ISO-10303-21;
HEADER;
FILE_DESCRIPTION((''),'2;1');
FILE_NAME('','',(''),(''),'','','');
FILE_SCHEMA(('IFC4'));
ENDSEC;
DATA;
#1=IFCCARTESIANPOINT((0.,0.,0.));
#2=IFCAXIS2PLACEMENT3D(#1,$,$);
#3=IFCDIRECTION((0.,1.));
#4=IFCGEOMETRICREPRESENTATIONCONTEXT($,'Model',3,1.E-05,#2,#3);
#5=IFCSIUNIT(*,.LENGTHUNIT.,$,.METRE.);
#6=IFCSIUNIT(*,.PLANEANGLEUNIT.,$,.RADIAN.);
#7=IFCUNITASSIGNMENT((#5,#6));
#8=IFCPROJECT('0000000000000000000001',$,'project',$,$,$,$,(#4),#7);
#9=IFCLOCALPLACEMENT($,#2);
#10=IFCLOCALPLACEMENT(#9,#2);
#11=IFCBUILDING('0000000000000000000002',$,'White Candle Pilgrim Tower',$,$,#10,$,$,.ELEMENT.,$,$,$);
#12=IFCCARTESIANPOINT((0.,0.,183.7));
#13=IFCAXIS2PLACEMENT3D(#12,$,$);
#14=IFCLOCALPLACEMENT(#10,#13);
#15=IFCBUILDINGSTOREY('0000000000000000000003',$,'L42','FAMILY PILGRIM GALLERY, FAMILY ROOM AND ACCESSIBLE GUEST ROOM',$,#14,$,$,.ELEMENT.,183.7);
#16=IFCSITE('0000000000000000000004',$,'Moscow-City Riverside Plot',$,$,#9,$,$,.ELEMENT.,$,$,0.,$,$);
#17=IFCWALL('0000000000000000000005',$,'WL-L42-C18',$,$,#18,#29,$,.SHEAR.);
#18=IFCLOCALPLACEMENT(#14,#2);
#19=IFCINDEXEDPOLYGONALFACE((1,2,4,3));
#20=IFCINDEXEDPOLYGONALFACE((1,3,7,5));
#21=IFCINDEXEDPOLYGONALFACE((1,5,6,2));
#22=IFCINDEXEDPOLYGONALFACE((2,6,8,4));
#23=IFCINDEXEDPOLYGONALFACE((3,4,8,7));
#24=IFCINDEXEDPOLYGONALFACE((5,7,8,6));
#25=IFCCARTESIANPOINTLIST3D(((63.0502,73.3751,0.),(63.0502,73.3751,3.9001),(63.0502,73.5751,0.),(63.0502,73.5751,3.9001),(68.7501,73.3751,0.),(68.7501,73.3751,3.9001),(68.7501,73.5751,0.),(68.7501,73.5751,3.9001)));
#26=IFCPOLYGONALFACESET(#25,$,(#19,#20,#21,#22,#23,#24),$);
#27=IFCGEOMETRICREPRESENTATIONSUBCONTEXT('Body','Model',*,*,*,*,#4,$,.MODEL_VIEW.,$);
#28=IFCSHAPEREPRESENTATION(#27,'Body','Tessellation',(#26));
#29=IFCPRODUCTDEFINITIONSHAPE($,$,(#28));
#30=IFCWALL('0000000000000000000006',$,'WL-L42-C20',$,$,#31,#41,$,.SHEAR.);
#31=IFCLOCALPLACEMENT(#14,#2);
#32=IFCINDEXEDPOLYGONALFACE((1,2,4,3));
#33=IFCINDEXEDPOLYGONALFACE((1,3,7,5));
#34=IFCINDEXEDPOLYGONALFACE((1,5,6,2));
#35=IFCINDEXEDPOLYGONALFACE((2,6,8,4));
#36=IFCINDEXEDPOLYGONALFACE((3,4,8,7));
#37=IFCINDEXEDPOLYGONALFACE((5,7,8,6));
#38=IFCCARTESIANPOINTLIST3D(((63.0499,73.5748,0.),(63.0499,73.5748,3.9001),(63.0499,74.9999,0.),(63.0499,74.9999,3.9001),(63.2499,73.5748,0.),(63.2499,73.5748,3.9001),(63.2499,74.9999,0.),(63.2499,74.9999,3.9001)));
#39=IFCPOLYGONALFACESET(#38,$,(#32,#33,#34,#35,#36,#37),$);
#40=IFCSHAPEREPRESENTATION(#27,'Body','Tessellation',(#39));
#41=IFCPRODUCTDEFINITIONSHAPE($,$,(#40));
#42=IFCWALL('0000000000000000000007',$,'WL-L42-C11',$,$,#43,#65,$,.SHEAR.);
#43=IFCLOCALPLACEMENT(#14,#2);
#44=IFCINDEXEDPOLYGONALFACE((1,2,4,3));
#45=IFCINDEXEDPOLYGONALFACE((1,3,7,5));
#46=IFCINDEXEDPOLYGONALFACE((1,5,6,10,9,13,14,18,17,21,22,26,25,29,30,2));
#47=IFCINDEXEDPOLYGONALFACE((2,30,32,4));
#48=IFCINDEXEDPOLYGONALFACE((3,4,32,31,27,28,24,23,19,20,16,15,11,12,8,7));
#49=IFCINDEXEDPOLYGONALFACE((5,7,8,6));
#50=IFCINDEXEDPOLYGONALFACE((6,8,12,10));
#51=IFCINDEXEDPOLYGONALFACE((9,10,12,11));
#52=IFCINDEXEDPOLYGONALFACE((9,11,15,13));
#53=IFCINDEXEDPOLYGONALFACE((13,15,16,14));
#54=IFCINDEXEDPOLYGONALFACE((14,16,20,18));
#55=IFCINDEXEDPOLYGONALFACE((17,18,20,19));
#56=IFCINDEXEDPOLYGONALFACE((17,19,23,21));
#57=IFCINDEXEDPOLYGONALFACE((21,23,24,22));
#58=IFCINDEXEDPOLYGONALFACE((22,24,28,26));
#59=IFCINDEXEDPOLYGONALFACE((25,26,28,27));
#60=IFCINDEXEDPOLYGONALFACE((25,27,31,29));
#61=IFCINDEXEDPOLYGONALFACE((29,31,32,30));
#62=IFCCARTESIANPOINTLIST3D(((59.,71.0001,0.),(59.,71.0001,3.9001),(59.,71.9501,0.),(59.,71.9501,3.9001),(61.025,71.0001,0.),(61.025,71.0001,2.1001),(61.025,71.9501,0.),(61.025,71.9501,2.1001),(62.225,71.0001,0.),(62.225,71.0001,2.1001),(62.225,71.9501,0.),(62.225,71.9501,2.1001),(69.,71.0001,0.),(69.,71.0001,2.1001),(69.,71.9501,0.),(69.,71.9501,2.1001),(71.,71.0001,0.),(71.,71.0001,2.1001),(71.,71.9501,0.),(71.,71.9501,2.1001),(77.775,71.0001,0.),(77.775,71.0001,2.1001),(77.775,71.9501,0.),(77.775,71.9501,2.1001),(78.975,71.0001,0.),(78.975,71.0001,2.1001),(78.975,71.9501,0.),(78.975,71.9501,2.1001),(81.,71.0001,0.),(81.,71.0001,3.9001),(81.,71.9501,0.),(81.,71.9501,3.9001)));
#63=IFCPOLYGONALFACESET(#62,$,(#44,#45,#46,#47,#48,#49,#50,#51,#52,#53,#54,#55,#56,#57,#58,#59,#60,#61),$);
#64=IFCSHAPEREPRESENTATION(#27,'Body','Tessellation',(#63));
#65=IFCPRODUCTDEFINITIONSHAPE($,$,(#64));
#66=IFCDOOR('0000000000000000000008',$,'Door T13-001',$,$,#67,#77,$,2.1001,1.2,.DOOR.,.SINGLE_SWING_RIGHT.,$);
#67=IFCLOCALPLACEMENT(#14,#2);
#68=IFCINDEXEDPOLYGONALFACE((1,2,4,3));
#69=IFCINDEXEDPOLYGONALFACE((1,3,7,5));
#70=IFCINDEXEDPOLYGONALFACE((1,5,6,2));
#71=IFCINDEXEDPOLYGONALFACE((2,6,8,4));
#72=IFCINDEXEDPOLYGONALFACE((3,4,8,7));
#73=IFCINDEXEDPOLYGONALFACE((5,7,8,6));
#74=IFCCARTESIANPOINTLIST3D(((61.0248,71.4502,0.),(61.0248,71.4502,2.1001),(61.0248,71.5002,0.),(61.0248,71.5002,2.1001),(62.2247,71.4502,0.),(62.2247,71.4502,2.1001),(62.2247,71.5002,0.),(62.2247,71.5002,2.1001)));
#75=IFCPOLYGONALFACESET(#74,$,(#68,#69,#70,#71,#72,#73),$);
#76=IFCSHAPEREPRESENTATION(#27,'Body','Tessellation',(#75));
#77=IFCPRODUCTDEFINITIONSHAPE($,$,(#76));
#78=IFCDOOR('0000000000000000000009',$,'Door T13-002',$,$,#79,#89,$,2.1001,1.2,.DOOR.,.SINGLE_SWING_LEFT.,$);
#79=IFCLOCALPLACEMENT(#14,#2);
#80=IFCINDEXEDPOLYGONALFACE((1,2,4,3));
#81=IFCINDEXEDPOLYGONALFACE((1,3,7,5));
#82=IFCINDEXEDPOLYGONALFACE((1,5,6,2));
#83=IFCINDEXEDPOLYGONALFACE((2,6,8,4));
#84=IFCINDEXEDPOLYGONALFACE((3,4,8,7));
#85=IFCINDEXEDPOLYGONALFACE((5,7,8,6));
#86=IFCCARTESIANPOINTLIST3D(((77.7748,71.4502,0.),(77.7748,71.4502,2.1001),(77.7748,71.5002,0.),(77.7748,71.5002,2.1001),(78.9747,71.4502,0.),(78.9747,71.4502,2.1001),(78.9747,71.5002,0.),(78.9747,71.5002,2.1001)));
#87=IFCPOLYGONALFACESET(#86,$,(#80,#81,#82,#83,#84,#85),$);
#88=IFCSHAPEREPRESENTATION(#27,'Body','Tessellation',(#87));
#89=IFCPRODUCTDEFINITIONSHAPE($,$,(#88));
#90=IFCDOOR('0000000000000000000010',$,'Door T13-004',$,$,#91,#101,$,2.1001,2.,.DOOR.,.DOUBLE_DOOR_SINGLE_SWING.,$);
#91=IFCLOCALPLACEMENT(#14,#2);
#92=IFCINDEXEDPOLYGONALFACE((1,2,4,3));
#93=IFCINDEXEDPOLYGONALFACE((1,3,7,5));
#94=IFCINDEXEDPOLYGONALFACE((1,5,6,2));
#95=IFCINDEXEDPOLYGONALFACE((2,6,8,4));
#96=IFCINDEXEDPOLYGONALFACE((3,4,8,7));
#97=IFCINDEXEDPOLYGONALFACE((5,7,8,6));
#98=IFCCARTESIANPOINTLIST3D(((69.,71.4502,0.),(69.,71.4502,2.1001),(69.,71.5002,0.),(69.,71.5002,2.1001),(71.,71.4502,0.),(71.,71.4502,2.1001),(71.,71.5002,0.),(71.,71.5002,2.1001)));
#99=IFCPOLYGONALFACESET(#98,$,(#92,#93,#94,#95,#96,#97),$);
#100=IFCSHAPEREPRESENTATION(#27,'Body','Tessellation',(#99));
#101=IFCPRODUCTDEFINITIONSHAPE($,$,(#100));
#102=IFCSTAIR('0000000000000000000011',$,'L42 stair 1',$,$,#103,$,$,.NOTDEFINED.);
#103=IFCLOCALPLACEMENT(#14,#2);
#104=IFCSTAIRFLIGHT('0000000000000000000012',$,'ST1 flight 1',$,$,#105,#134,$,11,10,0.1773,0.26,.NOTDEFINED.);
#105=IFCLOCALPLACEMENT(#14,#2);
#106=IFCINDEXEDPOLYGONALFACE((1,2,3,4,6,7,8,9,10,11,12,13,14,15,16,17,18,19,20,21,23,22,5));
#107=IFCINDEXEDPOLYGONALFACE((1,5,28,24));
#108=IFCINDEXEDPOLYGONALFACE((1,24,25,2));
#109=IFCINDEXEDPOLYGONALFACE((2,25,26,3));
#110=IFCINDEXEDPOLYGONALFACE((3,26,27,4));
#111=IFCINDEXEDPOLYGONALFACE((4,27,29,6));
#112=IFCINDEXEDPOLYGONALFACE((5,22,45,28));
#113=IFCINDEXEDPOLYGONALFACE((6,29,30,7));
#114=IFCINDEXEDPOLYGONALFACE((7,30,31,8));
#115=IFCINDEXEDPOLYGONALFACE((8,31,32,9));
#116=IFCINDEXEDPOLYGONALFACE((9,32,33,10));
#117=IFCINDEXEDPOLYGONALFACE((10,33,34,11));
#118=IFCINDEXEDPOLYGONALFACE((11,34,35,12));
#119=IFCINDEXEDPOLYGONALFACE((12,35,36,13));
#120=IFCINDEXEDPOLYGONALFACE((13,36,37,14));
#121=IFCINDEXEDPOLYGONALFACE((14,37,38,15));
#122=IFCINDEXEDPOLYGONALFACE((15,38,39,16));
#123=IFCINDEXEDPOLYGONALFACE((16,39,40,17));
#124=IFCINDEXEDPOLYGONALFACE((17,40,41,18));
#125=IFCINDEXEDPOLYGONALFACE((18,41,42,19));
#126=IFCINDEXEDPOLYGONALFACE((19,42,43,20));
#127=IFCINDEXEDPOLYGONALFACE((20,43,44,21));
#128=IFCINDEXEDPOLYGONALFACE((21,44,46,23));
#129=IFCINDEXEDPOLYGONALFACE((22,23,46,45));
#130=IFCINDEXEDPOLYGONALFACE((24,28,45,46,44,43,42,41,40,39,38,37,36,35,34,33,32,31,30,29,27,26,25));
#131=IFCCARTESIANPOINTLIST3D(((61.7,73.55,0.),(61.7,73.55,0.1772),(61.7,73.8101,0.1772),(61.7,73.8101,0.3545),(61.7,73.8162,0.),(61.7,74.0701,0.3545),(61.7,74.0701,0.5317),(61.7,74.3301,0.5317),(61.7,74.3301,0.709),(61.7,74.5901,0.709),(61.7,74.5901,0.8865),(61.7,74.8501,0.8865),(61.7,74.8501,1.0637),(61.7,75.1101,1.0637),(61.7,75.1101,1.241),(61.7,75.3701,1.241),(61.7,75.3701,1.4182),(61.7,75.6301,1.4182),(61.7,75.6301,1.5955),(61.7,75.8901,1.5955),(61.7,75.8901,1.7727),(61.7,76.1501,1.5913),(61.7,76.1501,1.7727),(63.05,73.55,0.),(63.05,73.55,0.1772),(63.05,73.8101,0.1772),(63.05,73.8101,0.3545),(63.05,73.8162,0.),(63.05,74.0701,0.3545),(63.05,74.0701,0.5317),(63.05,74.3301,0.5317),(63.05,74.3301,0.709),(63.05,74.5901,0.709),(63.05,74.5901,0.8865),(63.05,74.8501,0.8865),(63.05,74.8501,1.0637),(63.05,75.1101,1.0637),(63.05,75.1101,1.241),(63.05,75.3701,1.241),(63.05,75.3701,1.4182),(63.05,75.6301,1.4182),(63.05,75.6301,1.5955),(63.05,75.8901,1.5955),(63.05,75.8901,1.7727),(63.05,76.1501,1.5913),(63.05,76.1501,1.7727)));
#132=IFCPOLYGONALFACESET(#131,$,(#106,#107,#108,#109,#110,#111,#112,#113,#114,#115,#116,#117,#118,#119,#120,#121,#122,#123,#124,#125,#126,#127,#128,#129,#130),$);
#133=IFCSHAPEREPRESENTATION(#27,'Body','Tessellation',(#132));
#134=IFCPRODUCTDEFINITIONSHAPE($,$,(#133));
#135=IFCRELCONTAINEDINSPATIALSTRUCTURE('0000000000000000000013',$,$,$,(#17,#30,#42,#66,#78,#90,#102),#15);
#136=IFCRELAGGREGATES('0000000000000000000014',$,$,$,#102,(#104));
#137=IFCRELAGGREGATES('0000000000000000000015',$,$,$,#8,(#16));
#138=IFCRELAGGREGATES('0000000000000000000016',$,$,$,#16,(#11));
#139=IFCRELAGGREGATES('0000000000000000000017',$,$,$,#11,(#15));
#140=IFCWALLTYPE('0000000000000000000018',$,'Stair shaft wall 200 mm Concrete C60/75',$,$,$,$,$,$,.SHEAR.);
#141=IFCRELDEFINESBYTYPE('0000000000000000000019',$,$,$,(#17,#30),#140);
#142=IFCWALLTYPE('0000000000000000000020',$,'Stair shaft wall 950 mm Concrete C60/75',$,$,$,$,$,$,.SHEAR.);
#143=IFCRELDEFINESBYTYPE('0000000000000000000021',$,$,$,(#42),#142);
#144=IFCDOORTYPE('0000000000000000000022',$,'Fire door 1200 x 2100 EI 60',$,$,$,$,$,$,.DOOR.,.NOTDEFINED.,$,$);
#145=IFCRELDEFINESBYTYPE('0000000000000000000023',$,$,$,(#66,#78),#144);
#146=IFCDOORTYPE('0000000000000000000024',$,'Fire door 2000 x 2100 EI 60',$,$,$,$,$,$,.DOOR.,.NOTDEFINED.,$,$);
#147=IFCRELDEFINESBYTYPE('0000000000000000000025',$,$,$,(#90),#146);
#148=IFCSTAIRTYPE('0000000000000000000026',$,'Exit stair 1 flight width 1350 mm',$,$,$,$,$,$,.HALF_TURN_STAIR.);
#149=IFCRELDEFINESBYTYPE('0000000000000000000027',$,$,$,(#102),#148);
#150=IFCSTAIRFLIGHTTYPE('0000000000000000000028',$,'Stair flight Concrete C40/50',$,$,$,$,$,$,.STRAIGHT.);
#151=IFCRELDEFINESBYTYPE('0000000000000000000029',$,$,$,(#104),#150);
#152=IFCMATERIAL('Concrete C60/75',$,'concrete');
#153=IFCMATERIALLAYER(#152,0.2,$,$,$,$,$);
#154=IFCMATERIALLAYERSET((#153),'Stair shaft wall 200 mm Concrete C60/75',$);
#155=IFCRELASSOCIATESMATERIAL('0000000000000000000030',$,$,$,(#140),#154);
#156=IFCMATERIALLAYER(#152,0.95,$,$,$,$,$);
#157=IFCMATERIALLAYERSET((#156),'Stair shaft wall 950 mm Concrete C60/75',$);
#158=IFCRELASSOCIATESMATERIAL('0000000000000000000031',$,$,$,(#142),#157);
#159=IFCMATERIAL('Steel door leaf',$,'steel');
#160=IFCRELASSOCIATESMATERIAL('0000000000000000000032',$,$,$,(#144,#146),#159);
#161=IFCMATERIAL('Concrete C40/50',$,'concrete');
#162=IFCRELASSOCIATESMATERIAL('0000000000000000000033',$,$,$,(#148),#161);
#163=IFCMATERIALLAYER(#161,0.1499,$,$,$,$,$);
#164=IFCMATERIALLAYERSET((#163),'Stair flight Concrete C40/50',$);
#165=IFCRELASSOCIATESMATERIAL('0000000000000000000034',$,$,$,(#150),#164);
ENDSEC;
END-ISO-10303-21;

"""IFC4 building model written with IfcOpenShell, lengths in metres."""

from ifc_helpers import new_model, si_unit, direction, frame, frame_2d, origin, place, context, subcontext, project, spatial, polyline, rectangle, outline, extrude, material, layer, layer_set, type_object, element, fill, aggregate, save


model = new_model("IFC4")

# Units and contexts
model_context = context("Model", 3, precision=1e-05, world=origin(), true_north=direction((0.0, 1.0)))
body_context = subcontext(model_context, "Body", "Model", "MODEL_VIEW")
ifc_project = project(units=[si_unit("LENGTHUNIT", "METRE"), si_unit("PLANEANGLEUNIT", "RADIAN")], contexts=[model_context])

# Site, building, storey
site_placement = place(None, origin())
site = spatial("IfcSite", under=ifc_project, at=site_placement, Name="Moscow-City Riverside Plot", CompositionType="ELEMENT", RefElevation=0.0)
building_placement = place(site_placement, origin())
building = spatial("IfcBuilding", under=site, at=building_placement, Name="White Candle Pilgrim Tower", CompositionType="ELEMENT")
storey_placement = place(building_placement, frame((0.0, 0.0, 183.7)))
storey = spatial("IfcBuildingStorey", under=building, at=storey_placement, Name="L42", Description="FAMILY PILGRIM GALLERY, FAMILY ROOM AND ACCESSIBLE GUEST ROOM", CompositionType="ELEMENT", Elevation=183.7)

# Shared definitions
ifc_material_1 = material(Name="Steel door leaf", Category="steel")

# Walls
ifc_material_2 = material(Name="Concrete C60/75", Category="concrete")
ifc_layer_1 = layer(ifc_material_2, 0.2)
ifc_layer_set_1 = layer_set([ifc_layer_1], Name="Stair shaft wall 200 mm Concrete C60/75")
wall_type_1 = type_object("IfcWallType", Name="Stair shaft wall 200 mm Concrete C60/75", PredefinedType="SHEAR", material=ifc_layer_set_1)
wall_1_placement = place(storey_placement, frame((63.05, 73.4751, 0.0), z_axis=(0.0, 0.0, 1.0), x_axis=(1.0, 0.0, 0.0)))
element("IfcWall", 1, at=wall_1_placement, inside=storey, type_object=wall_type_1, Name="WL-L42-C18", PredefinedType="SHEAR", context=body_context, shape_type="SweptSolid", body=[
    extrude(rectangle(XDim=5.7, YDim=0.2, at=frame_2d((2.8501, 0.0))), origin(), (0.0, 0.0, 1.0), 3.9001),
])
wall_2_placement = place(storey_placement, frame((63.1499, 73.575, 0.0), z_axis=(0.0, 0.0, 1.0), x_axis=(0.0, 1.0, 0.0)))
element("IfcWall", 2, at=wall_2_placement, inside=storey, type_object=wall_type_1, Name="WL-L42-C20", PredefinedType="SHEAR", context=body_context, shape_type="SweptSolid", body=[
    extrude(rectangle(XDim=1.425, YDim=0.2, at=frame_2d((0.7124, 0.0))), origin(), (0.0, 0.0, 1.0), 3.9001),
])

# Wall, openings, doors
ifc_layer_2 = layer(ifc_material_2, 0.95)
ifc_layer_set_2 = layer_set([ifc_layer_2], Name="Stair shaft wall 950 mm Concrete C60/75")
wall_type_2 = type_object("IfcWallType", Name="Stair shaft wall 950 mm Concrete C60/75", PredefinedType="SHEAR", material=ifc_layer_set_2)
wall_3_placement = place(storey_placement, frame((59.0, 71.4751, 0.0), z_axis=(0.0, 0.0, 1.0), x_axis=(1.0, 0.0, 0.0)))
wall_3 = element("IfcWall", 3, at=wall_3_placement, inside=storey, type_object=wall_type_2, Name="WL-L42-C11", PredefinedType="SHEAR", context=body_context, shape_type="SweptSolid", body=[
    extrude(rectangle(XDim=22.0, YDim=0.95, at=frame_2d((11.0, 0.0))), origin(), (0.0, 0.0, 1.0), 3.9001),
])
opening_1_placement = place(wall_3_placement, frame((2.0249, 0.0, 0.0)))
opening_1 = element("IfcOpeningElement", 4, at=opening_1_placement, cuts=wall_3, PredefinedType="OPENING", context=body_context, shape_type="SweptSolid", body=[
    extrude(rectangle(XDim=1.2, YDim=2.1001, at=frame_2d((0.6001, 1.05))), frame((0.0, 0.4849, 0.0), z_axis=(0.0, -1.0, 0.0), x_axis=(1.0, 0.0, 0.0)), (0.0, 0.0, 1.0), 0.97),
])
opening_2_placement = place(wall_3_placement, frame((18.7749, 0.0, 0.0)))
opening_2 = element("IfcOpeningElement", 5, at=opening_2_placement, cuts=wall_3, PredefinedType="OPENING", context=body_context, shape_type="SweptSolid", body=[
    extrude(rectangle(XDim=1.2, YDim=2.1001, at=frame_2d((0.6001, 1.05))), frame((0.0, 0.4849, 0.0), z_axis=(0.0, -1.0, 0.0), x_axis=(1.0, 0.0, 0.0)), (0.0, 0.0, 1.0), 0.97),
])
opening_3_placement = place(wall_3_placement, frame((10.0, 0.0, 0.0)))
opening_3 = element("IfcOpeningElement", 6, at=opening_3_placement, cuts=wall_3, PredefinedType="OPENING", context=body_context, shape_type="SweptSolid", body=[
    extrude(rectangle(XDim=2.0, YDim=2.1001, at=frame_2d((1.0, 1.05))), frame((0.0, 0.4849, 0.0), z_axis=(0.0, -1.0, 0.0), x_axis=(1.0, 0.0, 0.0)), (0.0, 0.0, 1.0), 0.97),
])
door_type_1 = type_object("IfcDoorType", Name="Fire door 1200 x 2100 EI 60", OperationType="NOTDEFINED", PredefinedType="DOOR", material=ifc_material_1)
door_1_placement = place(opening_1_placement, frame((1.2, 0.0, 0.0), z_axis=(0.0, 0.0, 1.0), x_axis=(-1.0, 0.0, 0.0)))
door_1 = element("IfcDoor", 7, at=door_1_placement, inside=storey, type_object=door_type_1, Name="Door T13-001", OperationType="SINGLE_SWING_RIGHT", OverallHeight=2.1001, OverallWidth=1.2, PredefinedType="DOOR", context=body_context, shape_type="SweptSolid", body=[
    extrude(rectangle(XDim=1.2, YDim=2.1001, at=frame_2d((0.6001, 1.05))), frame((0.0, 0.0249, 0.0), z_axis=(0.0, -1.0, 0.0), x_axis=(1.0, 0.0, 0.0)), (0.0, 0.0, 1.0), 0.05),
])
fill(opening_1, door_1)
door_2_placement = place(opening_2_placement, frame((1.2, 0.0, 0.0), z_axis=(0.0, 0.0, 1.0), x_axis=(-1.0, 0.0, 0.0)))
door_2 = element("IfcDoor", 8, at=door_2_placement, inside=storey, type_object=door_type_1, Name="Door T13-002", OperationType="SINGLE_SWING_LEFT", OverallHeight=2.1001, OverallWidth=1.2, PredefinedType="DOOR", context=body_context, shape_type="SweptSolid", body=[
    extrude(rectangle(XDim=1.2, YDim=2.1001, at=frame_2d((0.6001, 1.05))), frame((0.0, 0.0249, 0.0), z_axis=(0.0, -1.0, 0.0), x_axis=(1.0, 0.0, 0.0)), (0.0, 0.0, 1.0), 0.05),
])
fill(opening_2, door_2)
door_type_2 = type_object("IfcDoorType", Name="Fire door 2000 x 2100 EI 60", OperationType="NOTDEFINED", PredefinedType="DOOR", material=ifc_material_1)
door_3_placement = place(opening_3_placement, frame((2.0, 0.0, 0.0), z_axis=(0.0, 0.0, 1.0), x_axis=(-1.0, 0.0, 0.0)))
door_3 = element("IfcDoor", 9, at=door_3_placement, inside=storey, type_object=door_type_2, Name="Door T13-004", OperationType="DOUBLE_DOOR_SINGLE_SWING", OverallHeight=2.1001, OverallWidth=2.0, PredefinedType="DOOR", context=body_context, shape_type="SweptSolid", body=[
    extrude(rectangle(XDim=2.0, YDim=2.1001, at=frame_2d((1.0, 1.05))), frame((0.0, 0.0249, 0.0), z_axis=(0.0, -1.0, 0.0), x_axis=(1.0, 0.0, 0.0)), (0.0, 0.0, 1.0), 0.05),
])
fill(opening_3, door_3)

# Stair, stair flight
ifc_material_3 = material(Name="Concrete C40/50", Category="concrete")
stair_type = type_object("IfcStairType", Name="Exit stair 1 flight width 1350 mm", PredefinedType="HALF_TURN_STAIR", material=ifc_material_3)
stair_placement = place(storey_placement, origin())
stair = element("IfcStair", 10, at=stair_placement, inside=storey, type_object=stair_type, Name="L42 stair 1", PredefinedType="NOTDEFINED")
ifc_layer_3 = layer(ifc_material_3, 0.1499)
ifc_layer_set_3 = layer_set([ifc_layer_3], Name="Stair flight Concrete C40/50")
stair_flight_type = type_object("IfcStairFlightType", Name="Stair flight Concrete C40/50", PredefinedType="STRAIGHT", material=ifc_layer_set_3)
stair_flight_placement = place(storey_placement, frame((62.375, 73.55, 0.0), z_axis=(0.0, 0.0, 1.0), x_axis=(0.0, 1.0, 0.0)))
stair_flight = element("IfcStairFlight", 11, at=stair_flight_placement, type_object=stair_flight_type, Name="ST1 flight 1", NumberOfRisers=11, NumberOfTreads=10, PredefinedType="NOTDEFINED", RiserHeight=0.1773, TreadLength=0.26, context=body_context, shape_type="SweptSolid", body=[
    extrude(outline(polyline([(0.0, 0.0), (0.0, 0.1772), (0.26, 0.1772), (0.26, 0.3545), (0.52, 0.3545), (0.52, 0.5317), (0.78, 0.5317), (0.78, 0.709), (1.04, 0.709), (1.04, 0.8865), (1.3, 0.8865), (1.3, 1.0637), (1.5601, 1.0637), (1.5601, 1.241), (1.8201, 1.241), (1.8201, 1.4182), (2.0801, 1.4182), (2.0801, 1.5955), (2.3401, 1.5955), (2.3401, 1.7727), (2.6001, 1.7727), (2.6001, 1.95), (2.6001, 1.5913), (0.2661, 0.0), (0.0, 0.0)])), frame((0.0, 0.675, 0.0), z_axis=(0.0, -1.0, 0.0), x_axis=(1.0, 0.0, 0.0)), (0.0, 0.0, 1.0), 1.3501),
])
aggregate(stair, [stair_flight])

save(model, "model.ifc")
